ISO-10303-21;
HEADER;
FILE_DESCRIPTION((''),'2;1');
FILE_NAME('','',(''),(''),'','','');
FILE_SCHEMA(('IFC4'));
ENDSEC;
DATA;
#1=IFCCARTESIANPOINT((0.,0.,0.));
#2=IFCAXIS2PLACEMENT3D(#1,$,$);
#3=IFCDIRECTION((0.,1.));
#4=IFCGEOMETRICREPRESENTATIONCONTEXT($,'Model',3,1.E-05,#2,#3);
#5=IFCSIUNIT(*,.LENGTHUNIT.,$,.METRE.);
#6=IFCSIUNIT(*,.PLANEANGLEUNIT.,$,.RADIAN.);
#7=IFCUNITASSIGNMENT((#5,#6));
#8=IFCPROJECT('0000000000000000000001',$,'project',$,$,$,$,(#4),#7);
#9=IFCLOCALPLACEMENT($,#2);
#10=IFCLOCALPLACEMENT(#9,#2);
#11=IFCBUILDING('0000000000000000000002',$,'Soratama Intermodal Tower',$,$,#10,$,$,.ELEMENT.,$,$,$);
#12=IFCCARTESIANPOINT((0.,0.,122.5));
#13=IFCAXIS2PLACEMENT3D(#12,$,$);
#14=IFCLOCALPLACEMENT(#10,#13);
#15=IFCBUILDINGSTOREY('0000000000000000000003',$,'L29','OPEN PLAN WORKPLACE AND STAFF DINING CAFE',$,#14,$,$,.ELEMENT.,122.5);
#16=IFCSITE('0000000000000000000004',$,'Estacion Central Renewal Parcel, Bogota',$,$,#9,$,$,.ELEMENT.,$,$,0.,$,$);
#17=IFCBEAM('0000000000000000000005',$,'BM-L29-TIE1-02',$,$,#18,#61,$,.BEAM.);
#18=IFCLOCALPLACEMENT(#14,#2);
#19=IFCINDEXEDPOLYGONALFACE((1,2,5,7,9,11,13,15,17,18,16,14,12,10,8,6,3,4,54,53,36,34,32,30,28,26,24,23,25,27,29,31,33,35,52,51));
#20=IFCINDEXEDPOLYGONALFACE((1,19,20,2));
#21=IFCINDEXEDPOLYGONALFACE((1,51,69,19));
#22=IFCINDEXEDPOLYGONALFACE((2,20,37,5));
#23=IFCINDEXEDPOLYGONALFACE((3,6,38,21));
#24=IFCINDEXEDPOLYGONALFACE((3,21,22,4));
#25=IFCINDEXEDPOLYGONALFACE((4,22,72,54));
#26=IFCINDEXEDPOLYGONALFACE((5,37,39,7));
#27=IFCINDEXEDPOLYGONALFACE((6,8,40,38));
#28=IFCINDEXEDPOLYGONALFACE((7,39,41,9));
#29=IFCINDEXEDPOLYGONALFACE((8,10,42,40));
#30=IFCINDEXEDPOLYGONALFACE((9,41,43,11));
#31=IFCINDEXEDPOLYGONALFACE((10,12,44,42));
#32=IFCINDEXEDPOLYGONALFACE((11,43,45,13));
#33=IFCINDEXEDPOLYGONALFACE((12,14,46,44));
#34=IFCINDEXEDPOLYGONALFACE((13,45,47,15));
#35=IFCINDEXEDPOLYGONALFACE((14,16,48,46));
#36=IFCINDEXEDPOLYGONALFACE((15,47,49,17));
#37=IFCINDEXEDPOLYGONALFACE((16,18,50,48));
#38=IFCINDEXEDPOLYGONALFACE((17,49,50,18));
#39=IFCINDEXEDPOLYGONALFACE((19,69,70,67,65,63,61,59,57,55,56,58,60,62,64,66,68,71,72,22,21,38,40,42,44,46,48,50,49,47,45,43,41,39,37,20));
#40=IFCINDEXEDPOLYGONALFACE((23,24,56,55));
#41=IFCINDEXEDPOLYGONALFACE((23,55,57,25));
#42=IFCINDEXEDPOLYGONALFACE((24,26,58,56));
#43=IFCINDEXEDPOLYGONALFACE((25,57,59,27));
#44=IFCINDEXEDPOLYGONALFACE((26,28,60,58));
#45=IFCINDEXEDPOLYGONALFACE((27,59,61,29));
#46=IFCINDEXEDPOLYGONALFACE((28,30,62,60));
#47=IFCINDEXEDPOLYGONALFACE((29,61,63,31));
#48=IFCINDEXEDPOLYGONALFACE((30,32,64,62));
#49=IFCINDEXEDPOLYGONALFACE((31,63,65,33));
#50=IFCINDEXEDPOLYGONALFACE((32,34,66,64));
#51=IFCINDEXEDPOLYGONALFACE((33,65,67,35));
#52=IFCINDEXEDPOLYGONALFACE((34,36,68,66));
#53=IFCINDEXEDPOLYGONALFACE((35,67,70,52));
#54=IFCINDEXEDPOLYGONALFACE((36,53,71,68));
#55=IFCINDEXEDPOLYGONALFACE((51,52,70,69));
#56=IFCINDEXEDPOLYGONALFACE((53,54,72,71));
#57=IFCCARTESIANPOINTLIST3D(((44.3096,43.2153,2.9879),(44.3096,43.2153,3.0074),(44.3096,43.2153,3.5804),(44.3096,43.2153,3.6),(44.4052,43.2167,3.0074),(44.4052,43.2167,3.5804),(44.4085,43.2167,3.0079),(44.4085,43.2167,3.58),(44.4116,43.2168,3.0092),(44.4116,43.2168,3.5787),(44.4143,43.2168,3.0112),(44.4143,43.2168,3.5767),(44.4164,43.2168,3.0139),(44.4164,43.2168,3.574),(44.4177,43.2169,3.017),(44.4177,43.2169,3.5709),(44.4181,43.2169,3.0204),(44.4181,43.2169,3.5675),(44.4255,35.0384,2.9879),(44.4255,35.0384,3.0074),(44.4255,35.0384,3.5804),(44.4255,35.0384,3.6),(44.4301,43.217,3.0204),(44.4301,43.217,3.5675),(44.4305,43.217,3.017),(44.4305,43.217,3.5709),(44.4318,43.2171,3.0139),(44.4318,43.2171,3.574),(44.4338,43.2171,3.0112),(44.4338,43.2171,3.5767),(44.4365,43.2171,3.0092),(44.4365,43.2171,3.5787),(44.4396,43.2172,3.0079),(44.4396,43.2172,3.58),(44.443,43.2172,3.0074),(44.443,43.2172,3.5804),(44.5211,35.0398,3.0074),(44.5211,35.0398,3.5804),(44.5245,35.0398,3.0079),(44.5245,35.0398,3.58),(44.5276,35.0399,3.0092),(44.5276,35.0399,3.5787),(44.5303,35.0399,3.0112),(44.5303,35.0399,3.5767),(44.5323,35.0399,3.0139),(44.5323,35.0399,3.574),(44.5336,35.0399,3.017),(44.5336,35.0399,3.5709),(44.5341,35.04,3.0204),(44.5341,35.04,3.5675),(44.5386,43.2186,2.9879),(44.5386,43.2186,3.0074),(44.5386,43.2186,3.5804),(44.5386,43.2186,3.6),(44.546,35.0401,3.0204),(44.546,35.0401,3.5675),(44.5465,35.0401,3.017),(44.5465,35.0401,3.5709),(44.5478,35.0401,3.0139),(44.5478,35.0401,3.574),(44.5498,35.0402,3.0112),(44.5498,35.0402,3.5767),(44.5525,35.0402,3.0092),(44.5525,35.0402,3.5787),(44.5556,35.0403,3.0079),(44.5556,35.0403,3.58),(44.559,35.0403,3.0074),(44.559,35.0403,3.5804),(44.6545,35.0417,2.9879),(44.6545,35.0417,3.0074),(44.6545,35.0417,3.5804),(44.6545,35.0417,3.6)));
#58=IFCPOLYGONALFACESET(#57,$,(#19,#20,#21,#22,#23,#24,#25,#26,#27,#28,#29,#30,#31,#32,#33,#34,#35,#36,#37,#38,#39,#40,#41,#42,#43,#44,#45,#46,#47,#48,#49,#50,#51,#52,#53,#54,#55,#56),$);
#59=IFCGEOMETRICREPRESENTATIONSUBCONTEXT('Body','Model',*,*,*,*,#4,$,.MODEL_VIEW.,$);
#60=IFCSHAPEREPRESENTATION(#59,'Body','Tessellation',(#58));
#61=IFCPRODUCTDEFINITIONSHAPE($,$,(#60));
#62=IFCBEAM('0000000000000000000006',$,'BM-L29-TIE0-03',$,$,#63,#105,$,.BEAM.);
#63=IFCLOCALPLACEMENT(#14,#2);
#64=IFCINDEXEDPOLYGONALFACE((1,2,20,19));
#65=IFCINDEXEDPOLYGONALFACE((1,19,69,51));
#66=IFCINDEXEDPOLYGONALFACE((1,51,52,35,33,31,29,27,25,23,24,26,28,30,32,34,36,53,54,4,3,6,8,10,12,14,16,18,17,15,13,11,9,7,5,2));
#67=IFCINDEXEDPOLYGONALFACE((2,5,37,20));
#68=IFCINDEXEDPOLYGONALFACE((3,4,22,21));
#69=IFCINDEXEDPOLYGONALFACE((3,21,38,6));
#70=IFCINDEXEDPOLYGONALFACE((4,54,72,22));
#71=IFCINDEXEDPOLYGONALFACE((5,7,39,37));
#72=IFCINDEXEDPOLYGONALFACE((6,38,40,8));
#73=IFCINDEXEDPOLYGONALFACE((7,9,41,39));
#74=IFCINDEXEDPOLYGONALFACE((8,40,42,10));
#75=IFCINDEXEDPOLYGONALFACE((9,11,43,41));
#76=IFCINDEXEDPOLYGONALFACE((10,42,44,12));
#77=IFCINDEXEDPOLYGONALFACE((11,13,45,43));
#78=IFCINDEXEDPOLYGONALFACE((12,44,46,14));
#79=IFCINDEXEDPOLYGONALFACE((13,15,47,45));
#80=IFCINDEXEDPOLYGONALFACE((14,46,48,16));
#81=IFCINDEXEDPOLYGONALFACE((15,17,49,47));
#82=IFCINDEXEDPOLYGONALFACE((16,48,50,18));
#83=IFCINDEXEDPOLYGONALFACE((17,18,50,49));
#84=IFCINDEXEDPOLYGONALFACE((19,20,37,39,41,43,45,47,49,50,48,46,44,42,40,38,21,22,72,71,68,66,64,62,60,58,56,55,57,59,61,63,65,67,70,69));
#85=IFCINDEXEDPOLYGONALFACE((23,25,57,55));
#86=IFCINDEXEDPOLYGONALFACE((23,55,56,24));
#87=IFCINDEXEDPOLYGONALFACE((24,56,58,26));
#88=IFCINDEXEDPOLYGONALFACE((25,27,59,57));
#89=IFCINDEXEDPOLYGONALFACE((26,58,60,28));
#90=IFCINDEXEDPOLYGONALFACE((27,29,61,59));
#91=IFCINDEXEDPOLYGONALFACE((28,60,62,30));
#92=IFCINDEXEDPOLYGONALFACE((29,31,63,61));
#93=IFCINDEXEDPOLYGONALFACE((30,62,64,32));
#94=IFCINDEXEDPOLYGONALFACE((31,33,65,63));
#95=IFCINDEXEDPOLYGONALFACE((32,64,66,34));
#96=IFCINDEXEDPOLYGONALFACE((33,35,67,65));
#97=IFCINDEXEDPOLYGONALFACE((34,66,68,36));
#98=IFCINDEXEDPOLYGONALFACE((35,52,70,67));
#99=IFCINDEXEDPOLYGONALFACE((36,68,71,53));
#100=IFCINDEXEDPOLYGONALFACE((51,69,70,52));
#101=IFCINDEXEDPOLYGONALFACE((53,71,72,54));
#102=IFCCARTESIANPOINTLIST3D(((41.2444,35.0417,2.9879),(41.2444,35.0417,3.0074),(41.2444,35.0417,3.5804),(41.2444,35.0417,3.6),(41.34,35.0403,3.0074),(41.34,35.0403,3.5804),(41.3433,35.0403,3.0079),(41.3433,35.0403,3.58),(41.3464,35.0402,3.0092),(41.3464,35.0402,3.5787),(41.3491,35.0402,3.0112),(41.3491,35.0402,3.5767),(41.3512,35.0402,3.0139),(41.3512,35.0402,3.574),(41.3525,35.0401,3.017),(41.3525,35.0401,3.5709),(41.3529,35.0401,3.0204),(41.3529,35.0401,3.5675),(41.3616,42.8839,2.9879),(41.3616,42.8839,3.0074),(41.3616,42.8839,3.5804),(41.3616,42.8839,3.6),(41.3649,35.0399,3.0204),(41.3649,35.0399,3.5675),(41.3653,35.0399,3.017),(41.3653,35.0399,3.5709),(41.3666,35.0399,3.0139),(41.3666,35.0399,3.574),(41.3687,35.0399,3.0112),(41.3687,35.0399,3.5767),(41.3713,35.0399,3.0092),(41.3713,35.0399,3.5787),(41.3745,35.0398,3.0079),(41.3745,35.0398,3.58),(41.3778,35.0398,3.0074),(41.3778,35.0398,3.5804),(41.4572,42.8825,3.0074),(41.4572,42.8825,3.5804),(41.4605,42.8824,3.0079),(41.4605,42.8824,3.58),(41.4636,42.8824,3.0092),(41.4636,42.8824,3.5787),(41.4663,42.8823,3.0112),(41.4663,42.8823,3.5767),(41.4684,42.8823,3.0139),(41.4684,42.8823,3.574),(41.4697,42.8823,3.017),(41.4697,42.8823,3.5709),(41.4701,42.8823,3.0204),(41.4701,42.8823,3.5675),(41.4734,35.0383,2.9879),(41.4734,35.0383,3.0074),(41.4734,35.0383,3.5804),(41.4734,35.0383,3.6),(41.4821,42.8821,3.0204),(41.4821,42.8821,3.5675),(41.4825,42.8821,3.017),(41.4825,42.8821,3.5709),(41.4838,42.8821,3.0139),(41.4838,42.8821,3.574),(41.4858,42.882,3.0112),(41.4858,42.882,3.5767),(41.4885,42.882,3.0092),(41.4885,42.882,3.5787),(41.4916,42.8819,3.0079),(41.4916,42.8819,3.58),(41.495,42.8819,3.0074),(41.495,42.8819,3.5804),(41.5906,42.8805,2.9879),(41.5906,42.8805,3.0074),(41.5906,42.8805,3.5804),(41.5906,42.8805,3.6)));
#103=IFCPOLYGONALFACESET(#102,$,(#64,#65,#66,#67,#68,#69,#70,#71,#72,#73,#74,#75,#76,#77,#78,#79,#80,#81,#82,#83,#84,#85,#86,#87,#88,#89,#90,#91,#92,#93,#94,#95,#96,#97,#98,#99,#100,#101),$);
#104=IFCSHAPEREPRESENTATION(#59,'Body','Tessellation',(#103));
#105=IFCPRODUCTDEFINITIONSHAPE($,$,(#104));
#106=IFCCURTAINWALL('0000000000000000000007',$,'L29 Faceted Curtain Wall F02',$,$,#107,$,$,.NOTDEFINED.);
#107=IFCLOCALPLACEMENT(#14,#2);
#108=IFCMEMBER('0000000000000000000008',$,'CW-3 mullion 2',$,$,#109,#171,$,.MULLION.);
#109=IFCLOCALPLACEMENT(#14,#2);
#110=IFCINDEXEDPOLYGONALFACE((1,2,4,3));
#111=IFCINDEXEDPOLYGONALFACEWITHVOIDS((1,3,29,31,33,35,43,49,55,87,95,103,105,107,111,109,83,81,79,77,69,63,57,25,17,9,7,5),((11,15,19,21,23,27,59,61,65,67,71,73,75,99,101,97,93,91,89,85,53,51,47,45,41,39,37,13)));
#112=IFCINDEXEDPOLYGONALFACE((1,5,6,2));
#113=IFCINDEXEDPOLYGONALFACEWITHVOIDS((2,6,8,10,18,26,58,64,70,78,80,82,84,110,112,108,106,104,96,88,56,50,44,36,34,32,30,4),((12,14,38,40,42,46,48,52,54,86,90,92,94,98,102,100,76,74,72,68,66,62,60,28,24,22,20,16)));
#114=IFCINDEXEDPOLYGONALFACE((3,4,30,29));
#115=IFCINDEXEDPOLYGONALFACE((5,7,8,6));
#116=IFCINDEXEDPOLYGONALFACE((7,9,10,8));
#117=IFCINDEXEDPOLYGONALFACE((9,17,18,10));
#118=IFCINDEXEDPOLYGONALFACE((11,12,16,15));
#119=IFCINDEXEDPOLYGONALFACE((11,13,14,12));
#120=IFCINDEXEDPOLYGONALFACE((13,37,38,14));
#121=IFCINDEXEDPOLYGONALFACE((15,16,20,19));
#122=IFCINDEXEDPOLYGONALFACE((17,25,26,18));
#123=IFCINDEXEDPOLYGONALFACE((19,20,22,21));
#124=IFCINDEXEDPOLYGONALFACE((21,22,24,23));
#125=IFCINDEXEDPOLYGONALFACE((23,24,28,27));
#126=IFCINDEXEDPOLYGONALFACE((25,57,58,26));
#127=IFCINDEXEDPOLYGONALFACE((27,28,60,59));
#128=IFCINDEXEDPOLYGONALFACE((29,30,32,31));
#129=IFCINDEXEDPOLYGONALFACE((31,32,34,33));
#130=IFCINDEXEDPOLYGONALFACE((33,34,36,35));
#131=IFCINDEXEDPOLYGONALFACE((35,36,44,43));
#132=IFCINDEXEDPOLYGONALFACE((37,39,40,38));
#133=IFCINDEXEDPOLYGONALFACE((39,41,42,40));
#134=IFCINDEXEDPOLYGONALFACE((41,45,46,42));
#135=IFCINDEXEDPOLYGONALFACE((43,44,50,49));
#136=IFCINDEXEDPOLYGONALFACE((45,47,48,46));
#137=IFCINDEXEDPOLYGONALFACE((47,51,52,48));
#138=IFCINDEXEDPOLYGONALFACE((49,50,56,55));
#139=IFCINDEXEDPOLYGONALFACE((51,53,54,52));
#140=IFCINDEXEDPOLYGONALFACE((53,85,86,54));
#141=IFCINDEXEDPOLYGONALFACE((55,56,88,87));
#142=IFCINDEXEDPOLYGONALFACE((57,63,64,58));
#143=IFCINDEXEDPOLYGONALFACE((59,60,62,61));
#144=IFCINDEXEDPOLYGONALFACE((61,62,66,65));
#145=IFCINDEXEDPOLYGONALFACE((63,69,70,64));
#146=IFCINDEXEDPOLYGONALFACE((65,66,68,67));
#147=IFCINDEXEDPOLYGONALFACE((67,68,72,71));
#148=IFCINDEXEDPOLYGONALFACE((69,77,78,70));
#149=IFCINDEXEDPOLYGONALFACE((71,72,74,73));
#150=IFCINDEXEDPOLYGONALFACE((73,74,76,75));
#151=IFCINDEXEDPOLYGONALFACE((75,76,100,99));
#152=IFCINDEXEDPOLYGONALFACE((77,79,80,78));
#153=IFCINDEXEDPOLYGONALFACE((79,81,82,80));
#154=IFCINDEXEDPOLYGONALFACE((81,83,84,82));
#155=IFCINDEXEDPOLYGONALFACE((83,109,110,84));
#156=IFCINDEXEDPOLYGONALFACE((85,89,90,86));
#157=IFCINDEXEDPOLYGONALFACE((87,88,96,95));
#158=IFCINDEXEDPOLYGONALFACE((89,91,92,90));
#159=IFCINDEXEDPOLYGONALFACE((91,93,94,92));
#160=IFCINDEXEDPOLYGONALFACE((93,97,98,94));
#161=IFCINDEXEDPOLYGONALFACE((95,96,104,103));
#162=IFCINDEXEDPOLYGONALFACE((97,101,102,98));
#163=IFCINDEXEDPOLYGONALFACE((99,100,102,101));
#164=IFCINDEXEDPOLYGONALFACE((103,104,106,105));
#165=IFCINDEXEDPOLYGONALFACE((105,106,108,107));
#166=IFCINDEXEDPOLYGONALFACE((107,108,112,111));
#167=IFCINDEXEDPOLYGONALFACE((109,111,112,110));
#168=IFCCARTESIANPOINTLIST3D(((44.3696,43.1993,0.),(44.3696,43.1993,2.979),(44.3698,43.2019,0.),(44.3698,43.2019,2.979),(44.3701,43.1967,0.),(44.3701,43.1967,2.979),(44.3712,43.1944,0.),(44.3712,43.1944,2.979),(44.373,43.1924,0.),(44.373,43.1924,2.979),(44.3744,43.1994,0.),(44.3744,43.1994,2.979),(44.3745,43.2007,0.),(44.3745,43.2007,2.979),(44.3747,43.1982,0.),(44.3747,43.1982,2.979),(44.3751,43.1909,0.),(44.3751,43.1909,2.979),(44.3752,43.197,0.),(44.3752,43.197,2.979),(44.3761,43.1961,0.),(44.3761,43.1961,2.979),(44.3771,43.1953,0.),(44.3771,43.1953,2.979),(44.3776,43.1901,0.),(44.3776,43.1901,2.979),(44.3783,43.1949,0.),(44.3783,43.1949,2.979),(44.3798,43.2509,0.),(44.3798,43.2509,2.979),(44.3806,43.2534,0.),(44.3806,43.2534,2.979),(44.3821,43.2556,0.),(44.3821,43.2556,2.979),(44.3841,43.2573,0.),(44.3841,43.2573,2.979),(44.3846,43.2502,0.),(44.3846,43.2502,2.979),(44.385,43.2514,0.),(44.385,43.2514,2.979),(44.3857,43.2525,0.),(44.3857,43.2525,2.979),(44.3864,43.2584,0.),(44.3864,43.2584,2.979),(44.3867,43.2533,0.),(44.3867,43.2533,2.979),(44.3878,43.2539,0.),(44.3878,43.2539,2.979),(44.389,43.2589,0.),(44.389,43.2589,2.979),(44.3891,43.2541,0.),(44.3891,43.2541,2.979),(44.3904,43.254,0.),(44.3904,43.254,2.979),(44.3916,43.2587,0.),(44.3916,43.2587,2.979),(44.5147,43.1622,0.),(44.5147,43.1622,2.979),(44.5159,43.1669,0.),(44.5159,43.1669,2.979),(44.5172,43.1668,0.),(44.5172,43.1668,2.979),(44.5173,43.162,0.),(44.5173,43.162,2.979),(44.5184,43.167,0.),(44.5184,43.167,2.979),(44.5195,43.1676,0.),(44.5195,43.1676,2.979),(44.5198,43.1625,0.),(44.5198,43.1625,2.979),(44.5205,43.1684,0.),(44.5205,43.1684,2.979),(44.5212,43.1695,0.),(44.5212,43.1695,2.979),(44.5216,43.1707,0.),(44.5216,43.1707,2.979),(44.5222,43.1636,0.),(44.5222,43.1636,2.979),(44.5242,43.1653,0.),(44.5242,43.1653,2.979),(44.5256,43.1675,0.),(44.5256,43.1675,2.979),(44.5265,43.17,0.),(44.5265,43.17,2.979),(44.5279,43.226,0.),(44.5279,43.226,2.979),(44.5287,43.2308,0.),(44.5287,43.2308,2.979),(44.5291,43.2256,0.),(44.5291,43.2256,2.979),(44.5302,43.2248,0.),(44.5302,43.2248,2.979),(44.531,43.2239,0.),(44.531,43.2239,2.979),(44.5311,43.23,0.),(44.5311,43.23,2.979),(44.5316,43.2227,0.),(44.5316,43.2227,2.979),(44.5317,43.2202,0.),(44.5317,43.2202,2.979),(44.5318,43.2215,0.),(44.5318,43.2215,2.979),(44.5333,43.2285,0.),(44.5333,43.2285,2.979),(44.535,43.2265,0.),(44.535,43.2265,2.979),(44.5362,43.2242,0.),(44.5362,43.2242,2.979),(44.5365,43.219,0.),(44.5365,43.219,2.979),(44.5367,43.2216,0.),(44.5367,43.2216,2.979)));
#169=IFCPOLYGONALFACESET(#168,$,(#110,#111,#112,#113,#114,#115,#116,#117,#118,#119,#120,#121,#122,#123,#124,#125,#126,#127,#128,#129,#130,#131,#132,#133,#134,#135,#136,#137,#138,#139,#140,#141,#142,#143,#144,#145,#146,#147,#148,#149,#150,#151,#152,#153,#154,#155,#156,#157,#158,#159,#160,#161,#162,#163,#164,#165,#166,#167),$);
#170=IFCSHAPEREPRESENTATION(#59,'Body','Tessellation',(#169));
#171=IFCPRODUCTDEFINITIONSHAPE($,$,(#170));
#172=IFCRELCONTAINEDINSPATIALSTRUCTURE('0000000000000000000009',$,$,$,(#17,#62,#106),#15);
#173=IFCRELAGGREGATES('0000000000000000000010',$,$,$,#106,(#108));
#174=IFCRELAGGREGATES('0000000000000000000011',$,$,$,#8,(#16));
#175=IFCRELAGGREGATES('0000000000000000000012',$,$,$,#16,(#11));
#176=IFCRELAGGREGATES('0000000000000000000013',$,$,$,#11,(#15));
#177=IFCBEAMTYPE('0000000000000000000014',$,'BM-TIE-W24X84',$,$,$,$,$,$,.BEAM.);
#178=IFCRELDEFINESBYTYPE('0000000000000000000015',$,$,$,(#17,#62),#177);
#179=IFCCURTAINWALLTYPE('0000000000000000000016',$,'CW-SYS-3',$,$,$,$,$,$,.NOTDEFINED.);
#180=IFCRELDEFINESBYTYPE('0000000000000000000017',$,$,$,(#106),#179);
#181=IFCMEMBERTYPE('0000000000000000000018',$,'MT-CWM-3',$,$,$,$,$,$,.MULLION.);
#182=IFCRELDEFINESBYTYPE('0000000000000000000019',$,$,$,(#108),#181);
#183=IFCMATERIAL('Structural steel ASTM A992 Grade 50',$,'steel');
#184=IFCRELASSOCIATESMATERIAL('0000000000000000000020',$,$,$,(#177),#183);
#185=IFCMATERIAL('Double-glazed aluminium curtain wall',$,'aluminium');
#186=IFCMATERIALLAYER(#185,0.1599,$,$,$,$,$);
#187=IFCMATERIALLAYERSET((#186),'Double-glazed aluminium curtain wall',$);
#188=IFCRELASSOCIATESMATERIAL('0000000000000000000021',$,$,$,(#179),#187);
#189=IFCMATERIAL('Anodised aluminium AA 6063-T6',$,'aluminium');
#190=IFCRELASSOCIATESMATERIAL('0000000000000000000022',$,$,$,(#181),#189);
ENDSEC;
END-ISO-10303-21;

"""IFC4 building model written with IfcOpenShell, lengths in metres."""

from ifc_helpers import new_model, si_unit, direction, frame, origin, origin_2d, place, context, subcontext, project, spatial, hollow_rectangle, i_section, extrude, material, layer, layer_set, material_profile, profile_set, type_object, element, aggregate, save


model = new_model("IFC4")

# Units and contexts
model_context = context("Model", 3, precision=1e-05, world=origin(), true_north=direction((0.0, 1.0)))
body_context = subcontext(model_context, "Body", "Model", "MODEL_VIEW")
ifc_project = project(units=[si_unit("LENGTHUNIT", "METRE"), si_unit("PLANEANGLEUNIT", "RADIAN")], contexts=[model_context])

# Site, building, storey
site_placement = place(None, origin())
site = spatial("IfcSite", under=ifc_project, at=site_placement, Name="Estacion Central Renewal Parcel, Bogota", CompositionType="ELEMENT", RefElevation=0.0)
building_placement = place(site_placement, origin())
building = spatial("IfcBuilding", under=site, at=building_placement, Name="Soratama Intermodal Tower", CompositionType="ELEMENT")
storey_placement = place(building_placement, frame((0.0, 0.0, 122.5)))
storey = spatial("IfcBuildingStorey", under=building, at=storey_placement, Name="L29", Description="OPEN PLAN WORKPLACE AND STAFF DINING CAFE", CompositionType="ELEMENT", Elevation=122.5)

# Beams
ifc_material_1 = material(Name="Structural steel ASTM A992 Grade 50", Category="steel")
ifc_material_profile_1 = material_profile(ifc_material_1, i_section(OverallWidth=0.229, OverallDepth=0.6121, WebThickness=0.012, FlangeThickness=0.0195, FilletRadius=0.0129, at=origin_2d()), Name="W24X84")
ifc_profile_set_1 = profile_set([ifc_material_profile_1], Name="Structural steel ASTM A992 Grade 50")
beam_type_1 = type_object("IfcBeamType", Name="BM-TIE-W24X84", PredefinedType="BEAM", material=ifc_profile_set_1)
beam_1_placement = place(storey_placement, frame((44.54, 35.04, 3.2939), z_axis=(-0.014181, 0.999899, 0.0), x_axis=(-0.999899, -0.014181, 0.0)))
element("IfcBeam", 1, at=beam_1_placement, inside=storey, type_object=beam_type_1, Name="BM-L29-TIE1-02", PredefinedType="BEAM", context=body_context, shape_type="SweptSolid", body=[
    extrude(i_section(OverallWidth=0.229, OverallDepth=0.6121, WebThickness=0.012, FlangeThickness=0.0195, FilletRadius=0.0129, at=origin_2d()), origin(), (0.0, 0.0, 1.0), 8.1777),
])
beam_2_placement = place(storey_placement, frame((41.3589, 35.04, 3.2939), z_axis=(0.014942, 0.999888, 0.0), x_axis=(-0.999888, 0.014942, 0.0)))
element("IfcBeam", 2, at=beam_2_placement, inside=storey, type_object=beam_type_1, Name="BM-L29-TIE0-03", PredefinedType="BEAM", context=body_context, shape_type="SweptSolid", body=[
    extrude(i_section(OverallWidth=0.229, OverallDepth=0.6121, WebThickness=0.012, FlangeThickness=0.0195, FilletRadius=0.0129, at=origin_2d()), origin(), (0.0, 0.0, 1.0), 7.843),
])

# Curtain wall, member
ifc_material_2 = material(Name="Double-glazed aluminium curtain wall", Category="aluminium")
ifc_layer_1 = layer(ifc_material_2, 0.1599)
ifc_layer_set_1 = layer_set([ifc_layer_1], Name="Double-glazed aluminium curtain wall")
curtain_wall_type = type_object("IfcCurtainWallType", Name="CW-SYS-3", PredefinedType="NOTDEFINED", material=ifc_layer_set_1)
curtain_wall_1_placement = place(storey_placement, origin())
curtain_wall_1 = element("IfcCurtainWall", 3, at=curtain_wall_1_placement, inside=storey, type_object=curtain_wall_type, Name="L29 Faceted Curtain Wall F02", PredefinedType="NOTDEFINED")
ifc_material_3 = material(Name="Anodised aluminium AA 6063-T6", Category="aluminium")
ifc_material_profile_2 = material_profile(ifc_material_3, hollow_rectangle(XDim=0.0701, YDim=0.1599, WallThickness=0.0049, InnerFilletRadius=0.0049, OuterFilletRadius=0.01, at=origin_2d()), Name="CWM160X70X5")
ifc_profile_set_2 = profile_set([ifc_material_profile_2], Name="Anodised aluminium AA 6063-T6")
member_type_1 = type_object("IfcMemberType", Name="MT-CWM-3", PredefinedType="MULLION", material=ifc_profile_set_2)
member_1_placement = place(storey_placement, frame((44.4531, 43.2104, 0.0), z_axis=(0.0, 0.0, 1.0), x_axis=(-0.199709, -0.979855, 0.0)))
member_1 = element("IfcMember", 4, at=member_1_placement, type_object=member_type_1, Name="CW-3 mullion 2", PredefinedType="MULLION", context=body_context, shape_type="SweptSolid", body=[
    extrude(hollow_rectangle(XDim=0.0701, YDim=0.1599, WallThickness=0.0049, InnerFilletRadius=0.0049, OuterFilletRadius=0.01, at=origin_2d()), origin(), (0.0, 0.0, 1.0), 2.979),
])
aggregate(curtain_wall_1, [member_1])

save(model, "model.ifc")
